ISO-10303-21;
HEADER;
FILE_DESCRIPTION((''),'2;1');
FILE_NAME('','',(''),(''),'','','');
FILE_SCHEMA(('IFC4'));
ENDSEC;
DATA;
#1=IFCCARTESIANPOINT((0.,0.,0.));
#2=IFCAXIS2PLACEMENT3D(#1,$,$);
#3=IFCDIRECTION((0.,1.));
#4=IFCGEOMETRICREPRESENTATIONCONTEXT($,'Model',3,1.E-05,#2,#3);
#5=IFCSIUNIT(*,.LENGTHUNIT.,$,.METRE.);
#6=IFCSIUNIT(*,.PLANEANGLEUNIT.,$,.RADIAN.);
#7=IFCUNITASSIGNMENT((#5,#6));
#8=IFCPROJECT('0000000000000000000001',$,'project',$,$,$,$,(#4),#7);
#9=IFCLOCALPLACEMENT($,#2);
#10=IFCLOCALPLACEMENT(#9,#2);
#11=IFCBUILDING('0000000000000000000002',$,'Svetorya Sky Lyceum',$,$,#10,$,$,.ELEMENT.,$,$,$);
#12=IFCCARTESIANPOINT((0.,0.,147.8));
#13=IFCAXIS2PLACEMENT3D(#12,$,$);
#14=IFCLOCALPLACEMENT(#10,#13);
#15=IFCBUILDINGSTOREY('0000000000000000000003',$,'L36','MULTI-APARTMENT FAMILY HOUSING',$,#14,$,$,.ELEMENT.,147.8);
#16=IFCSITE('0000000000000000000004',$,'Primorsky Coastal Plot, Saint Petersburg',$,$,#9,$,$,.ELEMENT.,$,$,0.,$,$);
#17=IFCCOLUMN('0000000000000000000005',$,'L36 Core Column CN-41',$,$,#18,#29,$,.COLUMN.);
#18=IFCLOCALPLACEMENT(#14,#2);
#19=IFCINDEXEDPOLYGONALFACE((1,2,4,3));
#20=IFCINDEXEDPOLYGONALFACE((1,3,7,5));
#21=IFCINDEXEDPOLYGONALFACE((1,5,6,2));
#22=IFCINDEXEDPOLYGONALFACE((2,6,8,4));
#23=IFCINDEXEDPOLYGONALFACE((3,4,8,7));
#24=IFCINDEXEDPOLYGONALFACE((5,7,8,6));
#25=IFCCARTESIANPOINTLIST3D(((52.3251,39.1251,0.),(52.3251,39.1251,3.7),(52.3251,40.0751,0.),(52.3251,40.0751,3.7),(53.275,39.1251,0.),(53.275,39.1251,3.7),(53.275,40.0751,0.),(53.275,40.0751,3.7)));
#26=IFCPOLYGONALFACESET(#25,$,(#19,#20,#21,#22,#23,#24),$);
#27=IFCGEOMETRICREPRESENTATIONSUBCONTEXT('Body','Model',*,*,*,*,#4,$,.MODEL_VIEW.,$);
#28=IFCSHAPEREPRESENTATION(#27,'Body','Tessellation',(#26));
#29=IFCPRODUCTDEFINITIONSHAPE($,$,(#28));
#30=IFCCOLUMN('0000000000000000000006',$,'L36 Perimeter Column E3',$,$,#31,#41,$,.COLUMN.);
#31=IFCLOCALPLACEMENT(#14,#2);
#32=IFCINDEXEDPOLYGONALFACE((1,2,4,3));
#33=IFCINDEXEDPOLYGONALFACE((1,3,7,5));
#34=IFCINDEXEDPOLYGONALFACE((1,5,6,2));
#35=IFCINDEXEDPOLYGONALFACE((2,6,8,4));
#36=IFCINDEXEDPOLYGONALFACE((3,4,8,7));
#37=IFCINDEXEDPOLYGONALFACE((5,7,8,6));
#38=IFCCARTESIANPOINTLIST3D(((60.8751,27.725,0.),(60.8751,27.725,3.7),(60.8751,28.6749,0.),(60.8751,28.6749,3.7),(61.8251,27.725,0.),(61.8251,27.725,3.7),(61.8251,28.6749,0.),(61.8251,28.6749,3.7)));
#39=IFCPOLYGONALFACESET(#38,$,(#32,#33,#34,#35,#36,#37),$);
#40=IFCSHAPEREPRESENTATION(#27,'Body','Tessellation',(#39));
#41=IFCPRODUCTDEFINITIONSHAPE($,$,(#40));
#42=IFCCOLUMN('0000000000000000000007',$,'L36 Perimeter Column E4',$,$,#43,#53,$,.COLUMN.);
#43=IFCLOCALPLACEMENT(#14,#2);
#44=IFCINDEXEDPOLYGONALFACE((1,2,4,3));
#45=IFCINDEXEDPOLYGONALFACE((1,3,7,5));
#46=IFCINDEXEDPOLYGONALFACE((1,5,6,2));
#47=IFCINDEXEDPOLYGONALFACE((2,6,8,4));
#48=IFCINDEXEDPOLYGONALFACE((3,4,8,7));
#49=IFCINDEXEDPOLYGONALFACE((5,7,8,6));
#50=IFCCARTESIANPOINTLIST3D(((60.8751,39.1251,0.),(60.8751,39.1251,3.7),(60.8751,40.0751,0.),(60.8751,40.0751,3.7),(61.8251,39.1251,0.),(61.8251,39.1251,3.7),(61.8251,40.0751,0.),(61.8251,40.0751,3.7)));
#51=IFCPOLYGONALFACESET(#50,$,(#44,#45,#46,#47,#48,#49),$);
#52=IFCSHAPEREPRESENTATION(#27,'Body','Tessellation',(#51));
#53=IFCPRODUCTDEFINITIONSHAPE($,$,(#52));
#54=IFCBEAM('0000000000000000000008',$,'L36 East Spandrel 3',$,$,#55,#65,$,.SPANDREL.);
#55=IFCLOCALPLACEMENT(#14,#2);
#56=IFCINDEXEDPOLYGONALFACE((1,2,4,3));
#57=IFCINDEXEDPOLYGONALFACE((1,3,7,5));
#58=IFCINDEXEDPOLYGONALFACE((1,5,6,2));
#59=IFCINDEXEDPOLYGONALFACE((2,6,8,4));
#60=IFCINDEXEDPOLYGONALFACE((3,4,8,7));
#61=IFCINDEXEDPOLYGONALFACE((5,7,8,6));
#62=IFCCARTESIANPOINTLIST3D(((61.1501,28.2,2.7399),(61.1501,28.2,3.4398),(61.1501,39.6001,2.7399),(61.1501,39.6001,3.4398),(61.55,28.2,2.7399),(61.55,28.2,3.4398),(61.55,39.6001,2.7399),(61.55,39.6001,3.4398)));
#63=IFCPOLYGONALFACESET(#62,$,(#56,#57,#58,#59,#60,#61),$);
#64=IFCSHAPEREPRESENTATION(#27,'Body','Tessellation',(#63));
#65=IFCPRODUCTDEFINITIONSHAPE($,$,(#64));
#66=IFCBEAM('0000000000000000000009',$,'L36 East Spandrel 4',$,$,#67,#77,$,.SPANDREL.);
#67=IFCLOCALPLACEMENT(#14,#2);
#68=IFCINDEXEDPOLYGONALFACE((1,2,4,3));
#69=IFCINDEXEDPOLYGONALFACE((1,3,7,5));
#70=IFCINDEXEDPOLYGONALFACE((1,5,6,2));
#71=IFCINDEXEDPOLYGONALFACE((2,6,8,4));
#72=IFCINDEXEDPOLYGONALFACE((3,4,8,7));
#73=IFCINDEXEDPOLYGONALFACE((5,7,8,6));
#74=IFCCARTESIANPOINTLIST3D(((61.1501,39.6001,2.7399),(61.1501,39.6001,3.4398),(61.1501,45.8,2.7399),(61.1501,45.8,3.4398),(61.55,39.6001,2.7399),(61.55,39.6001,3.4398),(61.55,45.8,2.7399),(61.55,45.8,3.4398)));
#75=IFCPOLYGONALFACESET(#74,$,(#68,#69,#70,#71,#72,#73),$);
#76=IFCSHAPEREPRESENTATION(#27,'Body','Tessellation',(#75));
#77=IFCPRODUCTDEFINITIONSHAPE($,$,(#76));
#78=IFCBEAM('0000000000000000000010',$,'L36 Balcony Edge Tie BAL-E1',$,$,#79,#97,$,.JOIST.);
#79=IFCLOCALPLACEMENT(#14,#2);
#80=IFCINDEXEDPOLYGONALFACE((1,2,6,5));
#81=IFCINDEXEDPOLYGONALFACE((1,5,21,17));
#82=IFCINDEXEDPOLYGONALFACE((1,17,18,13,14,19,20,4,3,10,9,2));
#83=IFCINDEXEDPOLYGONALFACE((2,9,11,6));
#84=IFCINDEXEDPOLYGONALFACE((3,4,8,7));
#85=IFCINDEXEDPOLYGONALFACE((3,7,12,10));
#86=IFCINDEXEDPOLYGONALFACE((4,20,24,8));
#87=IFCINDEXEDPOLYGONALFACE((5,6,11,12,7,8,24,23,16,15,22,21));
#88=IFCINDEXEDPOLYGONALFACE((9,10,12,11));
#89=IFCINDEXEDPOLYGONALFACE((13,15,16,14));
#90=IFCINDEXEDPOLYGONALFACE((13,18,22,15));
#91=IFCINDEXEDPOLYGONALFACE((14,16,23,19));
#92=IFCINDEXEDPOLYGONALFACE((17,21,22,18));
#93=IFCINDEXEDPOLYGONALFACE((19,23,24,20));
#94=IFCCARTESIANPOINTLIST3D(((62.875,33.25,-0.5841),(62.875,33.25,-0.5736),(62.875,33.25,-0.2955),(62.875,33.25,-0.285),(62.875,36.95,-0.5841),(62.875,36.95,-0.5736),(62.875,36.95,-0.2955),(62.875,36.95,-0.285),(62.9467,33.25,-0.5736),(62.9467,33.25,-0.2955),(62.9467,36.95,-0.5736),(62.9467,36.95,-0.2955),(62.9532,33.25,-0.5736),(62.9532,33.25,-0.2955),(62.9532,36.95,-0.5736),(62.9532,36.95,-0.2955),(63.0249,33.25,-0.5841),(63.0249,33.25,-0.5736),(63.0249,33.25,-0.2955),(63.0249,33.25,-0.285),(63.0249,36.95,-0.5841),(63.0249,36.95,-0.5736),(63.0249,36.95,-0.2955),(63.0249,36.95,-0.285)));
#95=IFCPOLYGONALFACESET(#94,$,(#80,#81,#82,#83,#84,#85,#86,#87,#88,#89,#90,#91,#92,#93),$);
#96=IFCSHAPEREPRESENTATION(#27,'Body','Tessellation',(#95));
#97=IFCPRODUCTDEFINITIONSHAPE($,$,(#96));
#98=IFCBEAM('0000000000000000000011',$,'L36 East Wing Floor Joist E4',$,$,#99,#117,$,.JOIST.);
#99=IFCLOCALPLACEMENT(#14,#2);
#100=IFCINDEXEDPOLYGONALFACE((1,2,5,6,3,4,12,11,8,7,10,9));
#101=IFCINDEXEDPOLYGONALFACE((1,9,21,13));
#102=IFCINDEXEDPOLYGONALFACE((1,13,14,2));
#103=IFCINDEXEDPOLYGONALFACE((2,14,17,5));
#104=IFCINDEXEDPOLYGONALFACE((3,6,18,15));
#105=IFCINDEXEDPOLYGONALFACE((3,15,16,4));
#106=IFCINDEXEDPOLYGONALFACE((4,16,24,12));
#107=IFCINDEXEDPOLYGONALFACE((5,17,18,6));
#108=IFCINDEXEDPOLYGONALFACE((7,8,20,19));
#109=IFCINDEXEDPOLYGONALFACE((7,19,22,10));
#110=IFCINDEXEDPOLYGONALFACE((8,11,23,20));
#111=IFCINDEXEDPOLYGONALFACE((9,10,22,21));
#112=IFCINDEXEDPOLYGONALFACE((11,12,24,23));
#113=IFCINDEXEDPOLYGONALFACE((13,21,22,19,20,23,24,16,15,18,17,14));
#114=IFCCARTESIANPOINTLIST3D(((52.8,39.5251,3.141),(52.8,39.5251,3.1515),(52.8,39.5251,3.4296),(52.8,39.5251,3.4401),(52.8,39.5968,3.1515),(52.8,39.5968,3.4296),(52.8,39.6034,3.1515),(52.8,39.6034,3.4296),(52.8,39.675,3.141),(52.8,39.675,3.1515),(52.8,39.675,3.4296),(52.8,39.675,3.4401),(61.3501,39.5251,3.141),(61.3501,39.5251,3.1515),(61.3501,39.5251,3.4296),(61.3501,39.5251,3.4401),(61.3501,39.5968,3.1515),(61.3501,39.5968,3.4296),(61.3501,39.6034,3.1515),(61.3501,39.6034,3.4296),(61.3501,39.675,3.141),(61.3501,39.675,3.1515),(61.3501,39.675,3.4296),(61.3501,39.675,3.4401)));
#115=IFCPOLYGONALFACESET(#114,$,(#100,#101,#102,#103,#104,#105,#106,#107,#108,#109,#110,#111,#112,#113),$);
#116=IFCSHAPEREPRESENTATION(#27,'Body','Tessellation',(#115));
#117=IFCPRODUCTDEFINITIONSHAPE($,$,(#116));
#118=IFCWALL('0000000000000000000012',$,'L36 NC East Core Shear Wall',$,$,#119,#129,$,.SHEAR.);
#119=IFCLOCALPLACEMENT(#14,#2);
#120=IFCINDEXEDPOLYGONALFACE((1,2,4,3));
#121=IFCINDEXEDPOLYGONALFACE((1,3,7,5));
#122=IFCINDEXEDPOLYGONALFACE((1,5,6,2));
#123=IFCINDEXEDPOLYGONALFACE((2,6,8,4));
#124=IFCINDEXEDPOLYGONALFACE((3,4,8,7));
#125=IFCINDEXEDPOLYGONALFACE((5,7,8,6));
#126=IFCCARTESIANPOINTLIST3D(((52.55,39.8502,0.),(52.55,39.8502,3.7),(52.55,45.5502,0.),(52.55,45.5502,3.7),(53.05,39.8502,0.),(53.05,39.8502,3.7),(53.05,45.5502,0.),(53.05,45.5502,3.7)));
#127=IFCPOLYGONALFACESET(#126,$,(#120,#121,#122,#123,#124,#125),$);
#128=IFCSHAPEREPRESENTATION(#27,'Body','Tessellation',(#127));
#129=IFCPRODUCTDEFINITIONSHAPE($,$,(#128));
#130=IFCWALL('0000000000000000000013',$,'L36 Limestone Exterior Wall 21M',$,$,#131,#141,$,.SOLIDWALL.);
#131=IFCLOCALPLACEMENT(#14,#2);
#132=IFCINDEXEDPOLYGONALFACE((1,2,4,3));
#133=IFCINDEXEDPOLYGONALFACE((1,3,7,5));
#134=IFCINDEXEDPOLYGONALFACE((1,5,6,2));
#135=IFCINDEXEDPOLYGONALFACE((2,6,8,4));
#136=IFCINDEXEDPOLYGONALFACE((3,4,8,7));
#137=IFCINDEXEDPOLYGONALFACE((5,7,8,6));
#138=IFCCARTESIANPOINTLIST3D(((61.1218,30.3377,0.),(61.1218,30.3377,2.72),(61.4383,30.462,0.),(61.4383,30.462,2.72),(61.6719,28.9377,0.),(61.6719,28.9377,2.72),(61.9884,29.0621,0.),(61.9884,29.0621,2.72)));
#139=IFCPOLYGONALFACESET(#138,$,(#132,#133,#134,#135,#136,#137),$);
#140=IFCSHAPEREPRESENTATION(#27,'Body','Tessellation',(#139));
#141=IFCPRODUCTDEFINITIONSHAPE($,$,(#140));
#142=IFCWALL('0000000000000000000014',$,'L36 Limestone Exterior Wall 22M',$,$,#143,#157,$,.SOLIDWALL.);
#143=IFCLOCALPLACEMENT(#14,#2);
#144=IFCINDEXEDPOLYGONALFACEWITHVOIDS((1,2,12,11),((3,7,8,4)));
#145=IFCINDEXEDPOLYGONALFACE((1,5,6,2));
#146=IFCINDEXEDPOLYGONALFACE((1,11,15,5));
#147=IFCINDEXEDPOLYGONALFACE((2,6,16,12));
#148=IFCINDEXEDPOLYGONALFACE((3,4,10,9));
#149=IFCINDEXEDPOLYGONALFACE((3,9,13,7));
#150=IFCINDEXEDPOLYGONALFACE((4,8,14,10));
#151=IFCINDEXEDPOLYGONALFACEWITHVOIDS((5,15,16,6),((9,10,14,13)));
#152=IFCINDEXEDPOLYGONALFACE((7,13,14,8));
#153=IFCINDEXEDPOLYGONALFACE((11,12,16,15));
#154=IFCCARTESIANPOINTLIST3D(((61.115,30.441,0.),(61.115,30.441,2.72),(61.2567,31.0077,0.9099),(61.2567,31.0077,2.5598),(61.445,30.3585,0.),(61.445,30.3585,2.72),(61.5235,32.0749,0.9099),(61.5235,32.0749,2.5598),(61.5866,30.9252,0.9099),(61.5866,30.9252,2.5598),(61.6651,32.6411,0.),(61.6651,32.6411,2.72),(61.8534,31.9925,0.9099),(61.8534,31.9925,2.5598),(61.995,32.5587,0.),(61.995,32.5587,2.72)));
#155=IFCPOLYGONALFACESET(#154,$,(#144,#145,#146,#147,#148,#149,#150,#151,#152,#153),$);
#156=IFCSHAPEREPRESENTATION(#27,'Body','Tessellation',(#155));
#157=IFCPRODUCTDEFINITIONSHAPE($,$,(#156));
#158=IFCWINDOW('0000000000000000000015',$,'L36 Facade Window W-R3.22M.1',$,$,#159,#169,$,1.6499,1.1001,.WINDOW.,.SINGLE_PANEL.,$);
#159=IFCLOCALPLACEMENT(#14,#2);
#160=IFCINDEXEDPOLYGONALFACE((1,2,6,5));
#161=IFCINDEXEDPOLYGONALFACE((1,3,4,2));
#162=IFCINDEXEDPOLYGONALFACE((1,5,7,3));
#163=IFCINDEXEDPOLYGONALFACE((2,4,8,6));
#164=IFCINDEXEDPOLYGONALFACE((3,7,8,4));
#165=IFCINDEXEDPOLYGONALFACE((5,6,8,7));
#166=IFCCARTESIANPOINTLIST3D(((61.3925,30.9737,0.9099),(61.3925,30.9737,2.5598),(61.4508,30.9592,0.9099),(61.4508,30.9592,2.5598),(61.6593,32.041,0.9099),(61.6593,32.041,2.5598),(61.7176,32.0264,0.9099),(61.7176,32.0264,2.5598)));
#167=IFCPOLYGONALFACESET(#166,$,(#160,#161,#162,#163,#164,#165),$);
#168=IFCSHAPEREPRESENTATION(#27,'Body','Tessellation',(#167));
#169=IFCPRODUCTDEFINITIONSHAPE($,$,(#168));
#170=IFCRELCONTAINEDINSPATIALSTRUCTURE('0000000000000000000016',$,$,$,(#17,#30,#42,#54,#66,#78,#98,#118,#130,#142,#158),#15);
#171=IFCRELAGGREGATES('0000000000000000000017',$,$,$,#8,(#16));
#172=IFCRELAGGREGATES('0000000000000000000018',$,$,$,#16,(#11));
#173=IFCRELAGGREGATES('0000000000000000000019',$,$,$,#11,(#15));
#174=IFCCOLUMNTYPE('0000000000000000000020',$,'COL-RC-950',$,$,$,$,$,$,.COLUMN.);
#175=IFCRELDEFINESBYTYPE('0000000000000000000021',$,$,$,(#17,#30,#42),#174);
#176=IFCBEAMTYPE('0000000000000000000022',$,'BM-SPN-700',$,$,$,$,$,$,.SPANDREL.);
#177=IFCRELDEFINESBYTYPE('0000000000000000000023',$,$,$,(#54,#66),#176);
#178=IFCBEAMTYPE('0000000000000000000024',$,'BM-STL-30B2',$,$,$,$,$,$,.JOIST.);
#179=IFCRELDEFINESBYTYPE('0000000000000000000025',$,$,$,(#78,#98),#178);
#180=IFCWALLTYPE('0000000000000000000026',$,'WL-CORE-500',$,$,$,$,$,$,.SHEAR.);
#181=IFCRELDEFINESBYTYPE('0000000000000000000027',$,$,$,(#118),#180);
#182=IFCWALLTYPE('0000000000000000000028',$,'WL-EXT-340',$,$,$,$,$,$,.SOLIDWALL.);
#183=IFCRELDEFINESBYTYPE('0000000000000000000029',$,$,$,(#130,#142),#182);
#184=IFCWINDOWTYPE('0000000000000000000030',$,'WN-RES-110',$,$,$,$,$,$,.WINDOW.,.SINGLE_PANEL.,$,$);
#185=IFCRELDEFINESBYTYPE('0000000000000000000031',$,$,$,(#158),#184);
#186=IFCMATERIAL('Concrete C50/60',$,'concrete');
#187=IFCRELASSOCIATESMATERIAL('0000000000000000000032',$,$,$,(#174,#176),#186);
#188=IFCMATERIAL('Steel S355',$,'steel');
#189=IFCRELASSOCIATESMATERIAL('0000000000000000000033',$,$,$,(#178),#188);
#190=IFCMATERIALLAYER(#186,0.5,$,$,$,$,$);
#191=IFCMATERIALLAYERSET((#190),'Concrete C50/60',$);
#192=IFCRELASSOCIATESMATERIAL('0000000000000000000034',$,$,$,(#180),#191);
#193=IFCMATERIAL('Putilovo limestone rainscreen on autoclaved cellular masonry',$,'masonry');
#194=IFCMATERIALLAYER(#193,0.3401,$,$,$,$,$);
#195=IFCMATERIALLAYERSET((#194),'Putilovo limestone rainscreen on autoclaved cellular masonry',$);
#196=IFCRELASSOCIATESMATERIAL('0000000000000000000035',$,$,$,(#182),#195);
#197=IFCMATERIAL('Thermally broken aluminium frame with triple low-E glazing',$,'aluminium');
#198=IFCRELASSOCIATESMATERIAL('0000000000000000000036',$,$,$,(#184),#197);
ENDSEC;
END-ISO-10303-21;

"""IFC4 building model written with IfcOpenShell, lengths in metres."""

from ifc_helpers import new_model, si_unit, direction, frame, frame_2d, origin, origin_2d, place, context, subcontext, project, spatial, rectangle, i_section, extrude, material, layer, layer_set, material_profile, profile_set, type_object, element, fill, save


model = new_model("IFC4")

# Units and contexts
model_context = context("Model", 3, precision=1e-05, world=origin(), true_north=direction((0.0, 1.0)))
body_context = subcontext(model_context, "Body", "Model", "MODEL_VIEW")
ifc_project = project(units=[si_unit("LENGTHUNIT", "METRE"), si_unit("PLANEANGLEUNIT", "RADIAN")], contexts=[model_context])

# Site, building, storey
site_placement = place(None, origin())
site = spatial("IfcSite", under=ifc_project, at=site_placement, Name="Primorsky Coastal Plot, Saint Petersburg", CompositionType="ELEMENT", RefElevation=0.0)
building_placement = place(site_placement, origin())
building = spatial("IfcBuilding", under=site, at=building_placement, Name="Svetorya Sky Lyceum", CompositionType="ELEMENT")
storey_placement = place(building_placement, frame((0.0, 0.0, 147.8)))
storey = spatial("IfcBuildingStorey", under=building, at=storey_placement, Name="L36", Description="MULTI-APARTMENT FAMILY HOUSING", CompositionType="ELEMENT", Elevation=147.8)

# Columns
ifc_material_1 = material(Name="Concrete C50/60", Category="concrete")
ifc_material_profile_1 = material_profile(ifc_material_1, rectangle(XDim=0.95, YDim=0.95, at=origin_2d()), Name="RC COL 950x950")
ifc_profile_set_1 = profile_set([ifc_material_profile_1], Name="Concrete C50/60")
column_type = type_object("IfcColumnType", Name="COL-RC-950", PredefinedType="COLUMN", material=ifc_profile_set_1)
for number, where, z_axis, x_axis, name in (
    (1, (52.8, 39.6001, 0.0), (0.0, 0.0, 1.0), (1.0, 0.0, 0.0), "L36 Core Column CN-41"),
    (2, (61.3501, 28.2, 0.0), (0.0, 0.0, 1.0), (1.0, 0.0, 0.0), "L36 Perimeter Column E3"),
    (3, (61.3501, 39.6001, 0.0), (0.0, 0.0, 1.0), (1.0, 0.0, 0.0), "L36 Perimeter Column E4"),
):
    element("IfcColumn", number, at=place(storey_placement, frame(where, z_axis=z_axis, x_axis=x_axis)), inside=storey, type_object=column_type, Name=name, PredefinedType="COLUMN", context=body_context, shape_type="SweptSolid", body=[
        extrude(rectangle(XDim=0.95, YDim=0.95, at=origin_2d()), origin(), (0.0, 0.0, 1.0), 3.7),
    ])

# Beams
ifc_material_profile_2 = material_profile(ifc_material_1, rectangle(XDim=0.3999, YDim=0.7, at=origin_2d()), Name="RC SPANDREL 400x700")
ifc_profile_set_2 = profile_set([ifc_material_profile_2], Name="Concrete C50/60")
beam_type_1 = type_object("IfcBeamType", Name="BM-SPN-700", PredefinedType="SPANDREL", material=ifc_profile_set_2)
beam_1_placement = place(storey_placement, frame((61.3501, 28.2, 3.0898), z_axis=(0.0, 1.0, 0.0), x_axis=(-1.0, 0.0, 0.0)))
element("IfcBeam", 4, at=beam_1_placement, inside=storey, type_object=beam_type_1, Name="L36 East Spandrel 3", PredefinedType="SPANDREL", context=body_context, shape_type="SweptSolid", body=[
    extrude(rectangle(XDim=0.3999, YDim=0.7, at=origin_2d()), origin(), (0.0, 0.0, 1.0), 11.4001),
])
beam_2_placement = place(storey_placement, frame((61.3501, 39.6001, 3.0898), z_axis=(0.0, 1.0, 0.0), x_axis=(-1.0, 0.0, 0.0)))
element("IfcBeam", 5, at=beam_2_placement, inside=storey, type_object=beam_type_1, Name="L36 East Spandrel 4", PredefinedType="SPANDREL", context=body_context, shape_type="SweptSolid", body=[
    extrude(rectangle(XDim=0.3999, YDim=0.7, at=origin_2d()), origin(), (0.0, 0.0, 1.0), 6.2),
])
ifc_material_2 = material(Name="Steel S355", Category="steel")
ifc_material_profile_3 = material_profile(ifc_material_2, i_section(OverallWidth=0.1499, OverallDepth=0.2991, WebThickness=0.0066, FlangeThickness=0.0105, at=origin_2d()), Name="GOST 30B2")
ifc_profile_set_3 = profile_set([ifc_material_profile_3], Name="Steel S355")
beam_type_2 = type_object("IfcBeamType", Name="BM-STL-30B2", PredefinedType="JOIST", material=ifc_profile_set_3)
beam_3_placement = place(storey_placement, frame((62.95, 33.25, -0.4346), z_axis=(0.0, 1.0, 0.0), x_axis=(-1.0, 0.0, 0.0)))
element("IfcBeam", 6, at=beam_3_placement, inside=storey, type_object=beam_type_2, Name="L36 Balcony Edge Tie BAL-E1", PredefinedType="JOIST", context=body_context, shape_type="SweptSolid", body=[
    extrude(i_section(OverallWidth=0.1499, OverallDepth=0.2991, WebThickness=0.0066, FlangeThickness=0.0105, at=origin_2d()), origin(), (0.0, 0.0, 1.0), 3.7),
])
beam_4_placement = place(storey_placement, frame((52.8, 39.6001, 3.2905), z_axis=(1.0, 0.0, 0.0), x_axis=(0.0, 1.0, 0.0)))
element("IfcBeam", 7, at=beam_4_placement, inside=storey, type_object=beam_type_2, Name="L36 East Wing Floor Joist E4", PredefinedType="JOIST", context=body_context, shape_type="SweptSolid", body=[
    extrude(i_section(OverallWidth=0.1499, OverallDepth=0.2991, WebThickness=0.0066, FlangeThickness=0.0105, at=origin_2d()), origin(), (0.0, 0.0, 1.0), 8.55),
])

# Walls
ifc_layer_1 = layer(ifc_material_1, 0.5)
ifc_layer_set_1 = layer_set([ifc_layer_1], Name="Concrete C50/60")
wall_type_1 = type_object("IfcWallType", Name="WL-CORE-500", PredefinedType="SHEAR", material=ifc_layer_set_1)
wall_1_placement = place(storey_placement, frame((52.8, 39.8501, 0.0), z_axis=(0.0, 0.0, 1.0), x_axis=(0.0, 1.0, 0.0)))
element("IfcWall", 8, at=wall_1_placement, inside=storey, type_object=wall_type_1, Name="L36 NC East Core Shear Wall", PredefinedType="SHEAR", context=body_context, shape_type="SweptSolid", body=[
    extrude(rectangle(XDim=5.7, YDim=0.5, at=frame_2d((2.8501, 0.0))), origin(), (0.0, 0.0, 1.0), 3.7),
])
ifc_material_3 = material(Name="Putilovo limestone rainscreen on autoclaved cellular masonry", Category="masonry")
ifc_layer_2 = layer(ifc_material_3, 0.3401)
ifc_layer_set_2 = layer_set([ifc_layer_2], Name="Putilovo limestone rainscreen on autoclaved cellular masonry")
wall_type_2 = type_object("IfcWallType", Name="WL-EXT-340", PredefinedType="SOLIDWALL", material=ifc_layer_set_2)
wall_2_placement = place(storey_placement, frame((61.8301, 29.0, 0.0), z_axis=(0.0, 0.0, 1.0), x_axis=(-0.365703, 0.930732, 0.0)))
element("IfcWall", 9, at=wall_2_placement, inside=storey, type_object=wall_type_2, Name="L36 Limestone Exterior Wall 21M", PredefinedType="SOLIDWALL", context=body_context, shape_type="SweptSolid", body=[
    extrude(rectangle(XDim=1.5042, YDim=0.3401, at=frame_2d((0.752, 0.0))), origin(), (0.0, 0.0, 1.0), 2.72),
])

# Wall, opening, window
wall_3_placement = place(storey_placement, frame((61.28, 30.3999, 0.0), z_axis=(0.0, 0.0, 1.0), x_axis=(0.242536, 0.970143, 0.0)))
wall_3 = element("IfcWall", 10, at=wall_3_placement, inside=storey, type_object=wall_type_2, Name="L36 Limestone Exterior Wall 22M", PredefinedType="SOLIDWALL", context=body_context, shape_type="SweptSolid", body=[
    extrude(rectangle(XDim=2.2678, YDim=0.3401, at=frame_2d((1.1338, 0.0))), origin(), (0.0, 0.0, 1.0), 2.72),
])
opening_1_placement = place(wall_3_placement, frame((0.584, 0.0, 0.9099)))
opening_1 = element("IfcOpeningElement", 11, at=opening_1_placement, cuts=wall_3, PredefinedType="OPENING", context=body_context, shape_type="SweptSolid", body=[
    extrude(rectangle(XDim=1.1001, YDim=1.6499, at=frame_2d((0.55, 0.825))), frame((0.0, 0.1799, 0.0), z_axis=(0.0, -1.0, 0.0), x_axis=(1.0, 0.0, 0.0)), (0.0, 0.0, 1.0), 0.3601),
])
ifc_material_4 = material(Name="Thermally broken aluminium frame with triple low-E glazing", Category="aluminium")
window_type = type_object("IfcWindowType", Name="WN-RES-110", PartitioningType="SINGLE_PANEL", PredefinedType="WINDOW", material=ifc_material_4)
window_1_placement = place(opening_1_placement, origin())
window_1 = element("IfcWindow", 12, at=window_1_placement, inside=storey, type_object=window_type, Name="L36 Facade Window W-R3.22M.1", OverallHeight=1.6499, OverallWidth=1.1001, PartitioningType="SINGLE_PANEL", PredefinedType="WINDOW", context=body_context, shape_type="SweptSolid", body=[
    extrude(rectangle(XDim=1.1001, YDim=1.6499, at=frame_2d((0.55, 0.825))), frame((0.0, 0.03, 0.0), z_axis=(0.0, -1.0, 0.0), x_axis=(1.0, 0.0, 0.0)), (0.0, 0.0, 1.0), 0.0601),
])
fill(opening_1, window_1)

save(model, "model.ifc")
